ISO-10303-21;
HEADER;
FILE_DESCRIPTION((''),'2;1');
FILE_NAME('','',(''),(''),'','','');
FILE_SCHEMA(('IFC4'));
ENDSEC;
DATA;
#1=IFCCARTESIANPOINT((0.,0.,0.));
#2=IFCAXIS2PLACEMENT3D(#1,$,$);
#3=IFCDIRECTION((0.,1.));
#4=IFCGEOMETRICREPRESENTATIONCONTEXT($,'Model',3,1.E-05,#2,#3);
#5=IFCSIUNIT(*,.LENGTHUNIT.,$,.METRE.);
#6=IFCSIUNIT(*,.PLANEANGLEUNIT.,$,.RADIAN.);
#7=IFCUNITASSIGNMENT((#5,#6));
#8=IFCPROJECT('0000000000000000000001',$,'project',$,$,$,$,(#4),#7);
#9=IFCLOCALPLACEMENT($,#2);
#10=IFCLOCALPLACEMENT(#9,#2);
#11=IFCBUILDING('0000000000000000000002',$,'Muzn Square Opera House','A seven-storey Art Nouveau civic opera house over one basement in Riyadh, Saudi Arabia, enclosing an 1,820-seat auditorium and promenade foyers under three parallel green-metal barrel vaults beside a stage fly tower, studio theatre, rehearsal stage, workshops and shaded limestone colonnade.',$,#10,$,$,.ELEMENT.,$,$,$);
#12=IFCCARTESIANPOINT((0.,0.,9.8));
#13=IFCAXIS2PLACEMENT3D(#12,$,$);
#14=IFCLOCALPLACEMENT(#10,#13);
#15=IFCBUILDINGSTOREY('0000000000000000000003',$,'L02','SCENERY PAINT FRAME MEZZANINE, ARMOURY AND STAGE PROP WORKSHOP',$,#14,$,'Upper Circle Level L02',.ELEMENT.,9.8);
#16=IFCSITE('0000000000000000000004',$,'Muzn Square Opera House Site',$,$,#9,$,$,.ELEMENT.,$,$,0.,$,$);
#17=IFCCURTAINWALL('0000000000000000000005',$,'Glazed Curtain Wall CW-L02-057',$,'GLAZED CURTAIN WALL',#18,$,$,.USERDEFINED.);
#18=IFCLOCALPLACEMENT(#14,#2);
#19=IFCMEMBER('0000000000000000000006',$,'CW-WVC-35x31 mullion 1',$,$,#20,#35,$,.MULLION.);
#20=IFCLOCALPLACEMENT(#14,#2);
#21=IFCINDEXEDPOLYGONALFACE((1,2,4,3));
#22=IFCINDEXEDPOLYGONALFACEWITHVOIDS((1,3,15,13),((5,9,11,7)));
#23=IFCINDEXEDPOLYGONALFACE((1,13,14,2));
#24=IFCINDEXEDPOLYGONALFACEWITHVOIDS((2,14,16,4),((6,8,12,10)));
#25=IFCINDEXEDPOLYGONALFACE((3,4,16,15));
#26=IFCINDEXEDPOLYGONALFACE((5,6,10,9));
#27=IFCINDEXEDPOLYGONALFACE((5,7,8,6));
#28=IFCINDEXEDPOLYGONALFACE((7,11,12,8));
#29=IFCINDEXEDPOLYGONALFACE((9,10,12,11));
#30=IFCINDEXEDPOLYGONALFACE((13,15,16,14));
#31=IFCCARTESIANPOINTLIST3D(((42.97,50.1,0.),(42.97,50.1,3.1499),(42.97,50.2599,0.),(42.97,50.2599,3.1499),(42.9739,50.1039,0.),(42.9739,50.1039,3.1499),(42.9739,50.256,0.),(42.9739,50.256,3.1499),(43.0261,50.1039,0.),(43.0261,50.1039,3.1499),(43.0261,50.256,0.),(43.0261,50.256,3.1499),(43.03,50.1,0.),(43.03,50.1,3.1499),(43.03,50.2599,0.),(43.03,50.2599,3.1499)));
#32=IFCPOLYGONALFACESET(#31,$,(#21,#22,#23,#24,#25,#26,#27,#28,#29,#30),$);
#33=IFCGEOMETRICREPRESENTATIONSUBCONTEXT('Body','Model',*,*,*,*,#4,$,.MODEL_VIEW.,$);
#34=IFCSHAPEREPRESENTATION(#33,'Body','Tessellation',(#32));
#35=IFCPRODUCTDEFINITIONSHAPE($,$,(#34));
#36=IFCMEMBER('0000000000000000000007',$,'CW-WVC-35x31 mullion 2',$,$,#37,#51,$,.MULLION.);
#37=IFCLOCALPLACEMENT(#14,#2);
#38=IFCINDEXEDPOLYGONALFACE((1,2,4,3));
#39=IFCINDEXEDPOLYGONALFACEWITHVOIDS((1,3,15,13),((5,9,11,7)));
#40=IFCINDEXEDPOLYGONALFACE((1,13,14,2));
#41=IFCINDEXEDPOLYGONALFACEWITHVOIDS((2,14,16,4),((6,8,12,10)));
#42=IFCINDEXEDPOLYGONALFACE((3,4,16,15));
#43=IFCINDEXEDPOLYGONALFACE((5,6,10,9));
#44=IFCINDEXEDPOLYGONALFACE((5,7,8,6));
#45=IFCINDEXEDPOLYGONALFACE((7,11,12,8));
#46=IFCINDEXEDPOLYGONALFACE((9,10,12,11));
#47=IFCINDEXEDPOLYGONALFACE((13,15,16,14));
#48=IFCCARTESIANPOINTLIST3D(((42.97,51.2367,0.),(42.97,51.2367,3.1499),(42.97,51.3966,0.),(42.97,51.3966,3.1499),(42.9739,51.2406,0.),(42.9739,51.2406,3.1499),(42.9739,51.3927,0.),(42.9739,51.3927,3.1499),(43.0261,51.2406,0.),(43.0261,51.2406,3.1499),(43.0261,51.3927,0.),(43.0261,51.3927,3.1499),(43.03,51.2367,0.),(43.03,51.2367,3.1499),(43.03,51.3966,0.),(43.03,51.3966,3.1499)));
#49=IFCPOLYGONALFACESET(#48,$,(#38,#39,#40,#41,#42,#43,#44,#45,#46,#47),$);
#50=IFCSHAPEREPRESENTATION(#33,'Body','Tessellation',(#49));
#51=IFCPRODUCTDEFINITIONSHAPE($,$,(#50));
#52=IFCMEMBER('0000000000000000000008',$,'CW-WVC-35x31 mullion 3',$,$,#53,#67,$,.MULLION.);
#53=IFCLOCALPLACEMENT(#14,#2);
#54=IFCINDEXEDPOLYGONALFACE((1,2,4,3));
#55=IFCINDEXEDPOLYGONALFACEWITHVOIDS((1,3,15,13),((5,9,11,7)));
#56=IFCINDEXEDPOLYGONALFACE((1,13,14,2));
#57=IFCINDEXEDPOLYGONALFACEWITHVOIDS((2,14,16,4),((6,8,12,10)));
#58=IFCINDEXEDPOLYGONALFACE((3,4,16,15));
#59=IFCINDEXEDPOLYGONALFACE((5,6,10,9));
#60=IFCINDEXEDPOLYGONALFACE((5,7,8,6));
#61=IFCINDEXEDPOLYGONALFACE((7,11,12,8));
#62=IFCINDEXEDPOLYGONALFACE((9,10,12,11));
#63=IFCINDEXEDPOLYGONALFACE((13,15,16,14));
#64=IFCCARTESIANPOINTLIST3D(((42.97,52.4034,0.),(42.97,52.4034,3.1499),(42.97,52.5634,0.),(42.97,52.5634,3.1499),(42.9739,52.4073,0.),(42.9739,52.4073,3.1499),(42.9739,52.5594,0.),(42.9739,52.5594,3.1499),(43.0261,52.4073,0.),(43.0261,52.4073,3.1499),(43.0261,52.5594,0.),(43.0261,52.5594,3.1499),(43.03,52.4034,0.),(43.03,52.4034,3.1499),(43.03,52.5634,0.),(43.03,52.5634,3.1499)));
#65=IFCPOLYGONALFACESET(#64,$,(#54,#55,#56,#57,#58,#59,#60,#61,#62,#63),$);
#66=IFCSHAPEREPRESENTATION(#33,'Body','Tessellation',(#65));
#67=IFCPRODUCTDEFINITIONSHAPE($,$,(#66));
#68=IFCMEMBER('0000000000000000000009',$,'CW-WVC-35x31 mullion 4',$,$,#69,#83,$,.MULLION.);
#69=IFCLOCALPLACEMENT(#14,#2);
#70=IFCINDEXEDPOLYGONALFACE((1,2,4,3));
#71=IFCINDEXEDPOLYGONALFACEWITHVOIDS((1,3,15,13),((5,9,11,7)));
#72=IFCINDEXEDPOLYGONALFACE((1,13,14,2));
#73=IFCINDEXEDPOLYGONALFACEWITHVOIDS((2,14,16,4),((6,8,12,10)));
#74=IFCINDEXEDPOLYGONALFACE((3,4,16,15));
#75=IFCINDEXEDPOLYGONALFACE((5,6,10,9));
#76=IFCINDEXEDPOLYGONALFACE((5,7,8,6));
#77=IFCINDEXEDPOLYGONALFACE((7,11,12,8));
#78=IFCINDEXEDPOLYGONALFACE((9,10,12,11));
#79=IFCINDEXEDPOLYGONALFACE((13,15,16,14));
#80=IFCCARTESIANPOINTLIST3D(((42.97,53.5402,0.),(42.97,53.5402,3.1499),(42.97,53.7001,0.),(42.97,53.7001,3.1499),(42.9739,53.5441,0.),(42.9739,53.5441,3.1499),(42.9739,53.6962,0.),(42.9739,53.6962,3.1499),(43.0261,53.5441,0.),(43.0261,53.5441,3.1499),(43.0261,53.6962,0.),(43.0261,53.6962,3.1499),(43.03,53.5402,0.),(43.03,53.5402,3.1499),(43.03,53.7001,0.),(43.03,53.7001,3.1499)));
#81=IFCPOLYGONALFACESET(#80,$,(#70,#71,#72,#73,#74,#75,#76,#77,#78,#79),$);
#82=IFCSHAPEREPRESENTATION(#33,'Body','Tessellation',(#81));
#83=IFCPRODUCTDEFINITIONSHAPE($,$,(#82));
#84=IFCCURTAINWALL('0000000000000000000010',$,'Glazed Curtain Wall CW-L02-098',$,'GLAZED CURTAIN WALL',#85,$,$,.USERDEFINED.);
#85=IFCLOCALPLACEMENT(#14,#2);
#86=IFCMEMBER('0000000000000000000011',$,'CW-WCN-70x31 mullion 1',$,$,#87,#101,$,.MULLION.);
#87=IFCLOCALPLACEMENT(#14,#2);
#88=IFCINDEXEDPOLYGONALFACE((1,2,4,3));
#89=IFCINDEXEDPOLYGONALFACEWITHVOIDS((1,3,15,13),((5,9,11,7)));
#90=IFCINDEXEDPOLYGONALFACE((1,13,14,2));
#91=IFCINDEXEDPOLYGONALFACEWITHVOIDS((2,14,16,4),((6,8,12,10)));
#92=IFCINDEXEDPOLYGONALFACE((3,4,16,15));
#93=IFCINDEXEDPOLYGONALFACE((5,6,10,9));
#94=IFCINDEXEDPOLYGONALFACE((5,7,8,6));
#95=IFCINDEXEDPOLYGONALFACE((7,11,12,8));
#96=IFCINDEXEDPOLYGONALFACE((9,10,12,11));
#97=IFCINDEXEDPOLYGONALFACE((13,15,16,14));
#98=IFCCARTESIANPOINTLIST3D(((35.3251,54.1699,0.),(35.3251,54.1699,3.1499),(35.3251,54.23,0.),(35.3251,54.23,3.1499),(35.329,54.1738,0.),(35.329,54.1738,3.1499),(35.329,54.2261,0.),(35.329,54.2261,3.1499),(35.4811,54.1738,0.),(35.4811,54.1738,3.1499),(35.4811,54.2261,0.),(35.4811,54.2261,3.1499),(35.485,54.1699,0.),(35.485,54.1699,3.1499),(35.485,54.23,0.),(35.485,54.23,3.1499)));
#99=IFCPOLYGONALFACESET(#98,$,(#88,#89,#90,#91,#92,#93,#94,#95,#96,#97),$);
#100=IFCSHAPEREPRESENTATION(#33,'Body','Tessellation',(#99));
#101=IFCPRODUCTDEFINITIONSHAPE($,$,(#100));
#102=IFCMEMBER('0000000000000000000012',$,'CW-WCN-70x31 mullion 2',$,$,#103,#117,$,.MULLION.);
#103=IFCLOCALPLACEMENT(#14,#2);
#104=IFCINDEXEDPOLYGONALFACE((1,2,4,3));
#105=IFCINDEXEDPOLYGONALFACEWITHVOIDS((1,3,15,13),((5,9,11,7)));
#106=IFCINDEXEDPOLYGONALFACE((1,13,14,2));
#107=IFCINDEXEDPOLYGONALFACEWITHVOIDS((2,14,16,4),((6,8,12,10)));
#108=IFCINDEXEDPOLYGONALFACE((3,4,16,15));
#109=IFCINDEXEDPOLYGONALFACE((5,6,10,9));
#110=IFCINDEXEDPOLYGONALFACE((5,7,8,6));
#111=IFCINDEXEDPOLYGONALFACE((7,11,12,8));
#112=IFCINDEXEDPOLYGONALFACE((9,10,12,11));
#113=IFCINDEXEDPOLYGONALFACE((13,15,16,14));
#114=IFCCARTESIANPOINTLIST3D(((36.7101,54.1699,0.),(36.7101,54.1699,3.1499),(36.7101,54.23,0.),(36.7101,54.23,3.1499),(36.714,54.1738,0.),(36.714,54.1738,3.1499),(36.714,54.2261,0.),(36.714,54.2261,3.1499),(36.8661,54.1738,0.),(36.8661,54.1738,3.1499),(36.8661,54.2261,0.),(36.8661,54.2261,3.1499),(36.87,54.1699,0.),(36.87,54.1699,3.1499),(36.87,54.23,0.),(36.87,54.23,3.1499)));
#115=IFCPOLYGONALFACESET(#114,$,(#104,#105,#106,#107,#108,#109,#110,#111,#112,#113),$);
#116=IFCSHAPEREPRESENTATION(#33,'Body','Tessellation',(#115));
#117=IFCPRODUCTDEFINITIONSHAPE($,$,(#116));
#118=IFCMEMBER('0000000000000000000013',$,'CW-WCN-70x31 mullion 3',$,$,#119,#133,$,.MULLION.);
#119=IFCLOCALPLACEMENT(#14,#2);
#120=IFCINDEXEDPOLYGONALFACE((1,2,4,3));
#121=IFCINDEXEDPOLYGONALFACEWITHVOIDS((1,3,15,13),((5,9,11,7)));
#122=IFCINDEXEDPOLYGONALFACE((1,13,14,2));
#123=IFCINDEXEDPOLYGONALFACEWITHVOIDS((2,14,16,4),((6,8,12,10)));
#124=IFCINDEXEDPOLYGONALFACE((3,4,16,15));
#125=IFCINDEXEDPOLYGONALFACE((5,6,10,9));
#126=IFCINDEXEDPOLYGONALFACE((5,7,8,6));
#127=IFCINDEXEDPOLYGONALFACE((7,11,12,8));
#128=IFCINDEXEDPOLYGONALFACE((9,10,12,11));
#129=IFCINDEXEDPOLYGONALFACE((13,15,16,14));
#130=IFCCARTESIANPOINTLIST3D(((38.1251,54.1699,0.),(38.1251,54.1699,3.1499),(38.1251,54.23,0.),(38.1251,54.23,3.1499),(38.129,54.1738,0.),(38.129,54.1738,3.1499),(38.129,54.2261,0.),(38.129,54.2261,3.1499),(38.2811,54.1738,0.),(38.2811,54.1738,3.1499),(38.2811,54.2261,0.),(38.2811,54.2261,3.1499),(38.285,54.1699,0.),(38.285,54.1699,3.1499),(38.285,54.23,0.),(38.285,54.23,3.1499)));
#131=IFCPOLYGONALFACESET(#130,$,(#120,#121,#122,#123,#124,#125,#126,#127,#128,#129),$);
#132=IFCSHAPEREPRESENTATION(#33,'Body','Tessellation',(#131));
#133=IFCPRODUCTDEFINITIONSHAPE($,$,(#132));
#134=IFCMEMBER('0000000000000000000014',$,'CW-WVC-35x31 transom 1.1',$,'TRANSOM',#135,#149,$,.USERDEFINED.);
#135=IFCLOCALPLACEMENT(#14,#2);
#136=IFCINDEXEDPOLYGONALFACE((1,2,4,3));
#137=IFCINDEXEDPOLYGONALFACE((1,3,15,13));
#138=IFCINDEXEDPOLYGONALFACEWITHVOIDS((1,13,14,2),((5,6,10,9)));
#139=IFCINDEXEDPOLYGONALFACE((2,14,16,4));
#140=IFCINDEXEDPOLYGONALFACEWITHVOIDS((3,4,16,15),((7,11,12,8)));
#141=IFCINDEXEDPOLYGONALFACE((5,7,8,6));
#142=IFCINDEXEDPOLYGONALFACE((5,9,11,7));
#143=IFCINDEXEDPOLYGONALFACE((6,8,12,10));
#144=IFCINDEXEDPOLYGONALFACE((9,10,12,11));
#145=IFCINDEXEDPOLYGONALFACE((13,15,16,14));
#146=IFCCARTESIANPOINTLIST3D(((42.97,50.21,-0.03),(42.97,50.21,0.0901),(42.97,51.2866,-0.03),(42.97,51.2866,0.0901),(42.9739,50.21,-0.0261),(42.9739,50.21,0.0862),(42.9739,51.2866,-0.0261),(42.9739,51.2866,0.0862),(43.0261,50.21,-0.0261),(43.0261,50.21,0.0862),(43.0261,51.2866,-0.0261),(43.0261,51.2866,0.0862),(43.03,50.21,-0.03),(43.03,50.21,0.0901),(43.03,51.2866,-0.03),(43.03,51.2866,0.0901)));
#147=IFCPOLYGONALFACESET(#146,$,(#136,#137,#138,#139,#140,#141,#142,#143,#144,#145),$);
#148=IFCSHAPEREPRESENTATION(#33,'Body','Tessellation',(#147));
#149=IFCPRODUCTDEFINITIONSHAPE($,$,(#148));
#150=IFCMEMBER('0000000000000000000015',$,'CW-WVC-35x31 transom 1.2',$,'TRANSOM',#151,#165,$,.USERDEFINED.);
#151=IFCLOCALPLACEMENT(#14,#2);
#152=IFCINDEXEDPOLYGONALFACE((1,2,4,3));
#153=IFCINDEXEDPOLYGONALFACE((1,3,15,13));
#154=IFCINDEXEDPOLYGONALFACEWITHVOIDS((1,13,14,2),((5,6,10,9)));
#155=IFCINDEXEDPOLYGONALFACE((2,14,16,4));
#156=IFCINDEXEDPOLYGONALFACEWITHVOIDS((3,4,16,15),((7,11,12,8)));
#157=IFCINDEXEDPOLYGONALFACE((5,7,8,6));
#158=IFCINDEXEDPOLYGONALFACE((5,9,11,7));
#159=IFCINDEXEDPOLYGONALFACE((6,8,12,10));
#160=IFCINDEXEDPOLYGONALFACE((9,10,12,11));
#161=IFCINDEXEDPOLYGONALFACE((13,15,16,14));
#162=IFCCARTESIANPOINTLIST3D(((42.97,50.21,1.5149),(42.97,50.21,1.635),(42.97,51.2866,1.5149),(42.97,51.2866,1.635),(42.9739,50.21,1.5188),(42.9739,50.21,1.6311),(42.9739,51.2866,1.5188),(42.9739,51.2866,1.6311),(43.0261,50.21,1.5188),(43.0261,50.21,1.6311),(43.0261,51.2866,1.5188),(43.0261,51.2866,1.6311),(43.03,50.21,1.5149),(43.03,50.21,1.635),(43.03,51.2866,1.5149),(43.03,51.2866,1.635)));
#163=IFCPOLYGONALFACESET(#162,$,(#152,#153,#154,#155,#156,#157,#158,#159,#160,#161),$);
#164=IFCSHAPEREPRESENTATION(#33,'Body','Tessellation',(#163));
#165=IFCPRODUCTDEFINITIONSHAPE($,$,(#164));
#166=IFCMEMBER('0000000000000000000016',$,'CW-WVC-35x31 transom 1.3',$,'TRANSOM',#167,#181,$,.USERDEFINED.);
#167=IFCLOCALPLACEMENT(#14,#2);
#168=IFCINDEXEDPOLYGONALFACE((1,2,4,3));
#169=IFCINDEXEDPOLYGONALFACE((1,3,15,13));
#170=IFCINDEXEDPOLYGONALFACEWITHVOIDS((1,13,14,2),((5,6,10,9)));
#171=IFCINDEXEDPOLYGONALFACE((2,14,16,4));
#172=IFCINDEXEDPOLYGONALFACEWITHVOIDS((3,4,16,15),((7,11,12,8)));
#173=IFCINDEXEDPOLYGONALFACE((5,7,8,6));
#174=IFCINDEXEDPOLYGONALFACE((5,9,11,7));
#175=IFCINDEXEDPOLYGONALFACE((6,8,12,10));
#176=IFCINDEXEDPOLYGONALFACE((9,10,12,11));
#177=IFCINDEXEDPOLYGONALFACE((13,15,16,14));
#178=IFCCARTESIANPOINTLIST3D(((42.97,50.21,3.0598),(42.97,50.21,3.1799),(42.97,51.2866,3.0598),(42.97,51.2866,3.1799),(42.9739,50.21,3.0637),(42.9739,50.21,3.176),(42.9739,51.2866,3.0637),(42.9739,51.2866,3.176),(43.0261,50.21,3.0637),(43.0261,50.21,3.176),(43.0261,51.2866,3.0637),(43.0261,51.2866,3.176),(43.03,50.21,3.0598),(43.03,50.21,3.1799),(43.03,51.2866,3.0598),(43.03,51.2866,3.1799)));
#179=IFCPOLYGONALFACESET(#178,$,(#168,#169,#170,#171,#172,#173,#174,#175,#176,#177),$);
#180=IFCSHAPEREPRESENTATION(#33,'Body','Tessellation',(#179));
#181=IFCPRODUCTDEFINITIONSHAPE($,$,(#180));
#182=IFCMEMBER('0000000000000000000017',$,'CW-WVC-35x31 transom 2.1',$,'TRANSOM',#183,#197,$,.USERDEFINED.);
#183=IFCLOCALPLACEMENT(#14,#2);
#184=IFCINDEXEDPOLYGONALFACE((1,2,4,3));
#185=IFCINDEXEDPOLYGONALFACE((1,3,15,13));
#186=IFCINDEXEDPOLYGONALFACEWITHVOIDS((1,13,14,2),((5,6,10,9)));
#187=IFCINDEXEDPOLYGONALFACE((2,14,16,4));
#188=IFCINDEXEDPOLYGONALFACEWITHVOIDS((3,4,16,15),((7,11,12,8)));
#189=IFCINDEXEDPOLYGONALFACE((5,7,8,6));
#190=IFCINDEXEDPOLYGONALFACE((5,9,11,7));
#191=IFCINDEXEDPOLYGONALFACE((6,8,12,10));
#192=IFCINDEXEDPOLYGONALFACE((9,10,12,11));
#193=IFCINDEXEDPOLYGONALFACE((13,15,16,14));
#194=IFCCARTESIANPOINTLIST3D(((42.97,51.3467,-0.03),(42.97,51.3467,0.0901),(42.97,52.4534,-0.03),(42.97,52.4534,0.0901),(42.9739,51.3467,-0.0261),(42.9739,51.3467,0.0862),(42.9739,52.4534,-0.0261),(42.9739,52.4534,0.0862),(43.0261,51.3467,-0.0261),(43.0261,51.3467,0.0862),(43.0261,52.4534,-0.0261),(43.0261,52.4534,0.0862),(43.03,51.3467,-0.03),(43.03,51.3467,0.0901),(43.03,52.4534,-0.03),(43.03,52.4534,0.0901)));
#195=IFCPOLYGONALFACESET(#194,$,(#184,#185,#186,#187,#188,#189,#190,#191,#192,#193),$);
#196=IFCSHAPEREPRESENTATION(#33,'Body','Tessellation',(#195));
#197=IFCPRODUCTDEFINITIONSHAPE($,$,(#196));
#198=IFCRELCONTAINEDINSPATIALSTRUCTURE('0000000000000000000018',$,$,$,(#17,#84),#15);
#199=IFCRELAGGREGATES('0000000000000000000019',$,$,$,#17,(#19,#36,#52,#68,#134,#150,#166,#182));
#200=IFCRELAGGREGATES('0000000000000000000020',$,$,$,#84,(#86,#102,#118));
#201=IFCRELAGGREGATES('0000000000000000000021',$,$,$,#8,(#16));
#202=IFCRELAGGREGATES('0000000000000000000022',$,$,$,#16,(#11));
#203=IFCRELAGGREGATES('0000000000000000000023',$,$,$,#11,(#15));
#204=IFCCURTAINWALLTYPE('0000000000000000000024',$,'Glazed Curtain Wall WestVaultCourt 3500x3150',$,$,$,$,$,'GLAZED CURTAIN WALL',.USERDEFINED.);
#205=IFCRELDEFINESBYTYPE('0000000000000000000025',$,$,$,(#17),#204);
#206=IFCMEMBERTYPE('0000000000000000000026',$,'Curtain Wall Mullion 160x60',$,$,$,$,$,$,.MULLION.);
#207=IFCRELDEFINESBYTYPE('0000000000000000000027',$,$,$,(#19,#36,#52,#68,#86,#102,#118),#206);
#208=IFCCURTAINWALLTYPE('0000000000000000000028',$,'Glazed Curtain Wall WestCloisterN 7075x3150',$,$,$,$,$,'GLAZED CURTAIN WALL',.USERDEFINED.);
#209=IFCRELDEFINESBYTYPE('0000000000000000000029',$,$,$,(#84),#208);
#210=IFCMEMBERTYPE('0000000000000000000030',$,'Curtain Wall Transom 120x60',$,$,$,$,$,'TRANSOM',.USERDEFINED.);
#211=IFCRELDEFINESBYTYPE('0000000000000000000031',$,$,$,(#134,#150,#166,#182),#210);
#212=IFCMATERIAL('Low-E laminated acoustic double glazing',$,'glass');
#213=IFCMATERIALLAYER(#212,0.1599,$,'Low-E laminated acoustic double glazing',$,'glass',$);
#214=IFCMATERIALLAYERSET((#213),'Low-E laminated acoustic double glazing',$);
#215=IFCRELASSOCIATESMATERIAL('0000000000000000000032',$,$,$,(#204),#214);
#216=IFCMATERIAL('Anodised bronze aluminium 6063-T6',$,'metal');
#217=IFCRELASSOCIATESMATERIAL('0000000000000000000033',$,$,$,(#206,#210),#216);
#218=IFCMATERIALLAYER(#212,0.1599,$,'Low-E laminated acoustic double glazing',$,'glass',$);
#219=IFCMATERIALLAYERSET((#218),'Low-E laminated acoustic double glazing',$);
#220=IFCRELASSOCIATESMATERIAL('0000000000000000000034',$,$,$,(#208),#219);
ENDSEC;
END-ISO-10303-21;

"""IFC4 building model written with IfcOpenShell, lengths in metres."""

from ifc_helpers import new_model, si_unit, direction, frame, origin, origin_2d, place, context, subcontext, project, spatial, hollow_rectangle, extrude, material, layer, layer_set, material_profile, profile_set, type_object, element, aggregate, save


model = new_model("IFC4")

# Units and contexts
model_context = context("Model", 3, precision=1e-05, world=origin(), true_north=direction((0.0, 1.0)))
body_context = subcontext(model_context, "Body", "Model", "MODEL_VIEW")
ifc_project = project(units=[si_unit("LENGTHUNIT", "METRE"), si_unit("PLANEANGLEUNIT", "RADIAN")], contexts=[model_context])

# Site, building, storey
site_placement = place(None, origin())
site = spatial("IfcSite", under=ifc_project, at=site_placement, Name="Muzn Square Opera House Site", CompositionType="ELEMENT", RefElevation=0.0)
building_placement = place(site_placement, origin())
building = spatial("IfcBuilding", under=site, at=building_placement, Name="Muzn Square Opera House", Description="A seven-storey Art Nouveau civic opera house over one basement in Riyadh, Saudi Arabia, enclosing an 1,820-seat auditorium and promenade foyers under three parallel green-metal barrel vaults beside a stage fly tower, studio theatre, rehearsal stage, workshops and shaded limestone colonnade.", CompositionType="ELEMENT")
storey_placement = place(building_placement, frame((0.0, 0.0, 9.8)))
storey = spatial("IfcBuildingStorey", under=building, at=storey_placement, Name="L02", Description="SCENERY PAINT FRAME MEZZANINE, ARMOURY AND STAGE PROP WORKSHOP", LongName="Upper Circle Level L02", CompositionType="ELEMENT", Elevation=9.8)

# Curtain walls, members
ifc_material_1 = material(Name="Low-E laminated acoustic double glazing", Category="glass")
ifc_layer_1 = layer(ifc_material_1, 0.1599, Name="Low-E laminated acoustic double glazing", Category="glass")
ifc_layer_set_1 = layer_set([ifc_layer_1], Name="Low-E laminated acoustic double glazing")
curtain_wall_type_1 = type_object("IfcCurtainWallType", Name="Glazed Curtain Wall WestVaultCourt 3500x3150", ElementType="GLAZED CURTAIN WALL", PredefinedType="USERDEFINED", material=ifc_layer_set_1)
curtain_wall_1_placement = place(storey_placement, origin())
curtain_wall_1 = element("IfcCurtainWall", 1, at=curtain_wall_1_placement, inside=storey, type_object=curtain_wall_type_1, Name="Glazed Curtain Wall CW-L02-057", ObjectType="GLAZED CURTAIN WALL", PredefinedType="USERDEFINED")
ifc_material_2 = material(Name="Anodised bronze aluminium 6063-T6", Category="metal")
ifc_material_profile_1 = material_profile(ifc_material_2, hollow_rectangle(XDim=0.0601, YDim=0.1599, WallThickness=0.0039, at=origin_2d()), Name="ALU 160x60x4", Category="metal")
ifc_profile_set_1 = profile_set([ifc_material_profile_1], Name="Anodised bronze aluminium 6063-T6")
member_type_1 = type_object("IfcMemberType", Name="Curtain Wall Mullion 160x60", PredefinedType="MULLION", material=ifc_profile_set_1)
member_1_placement = place(storey_placement, frame((43.0, 50.1799, 0.0), z_axis=(0.0, 0.0, 1.0), x_axis=(-1.0, 0.0, 0.0)))
member_1 = element("IfcMember", 2, at=member_1_placement, type_object=member_type_1, Name="CW-WVC-35x31 mullion 1", PredefinedType="MULLION", context=body_context, shape_type="SweptSolid", body=[
    extrude(hollow_rectangle(XDim=0.0601, YDim=0.1599, WallThickness=0.0039, at=origin_2d()), origin(), (0.0, 0.0, 1.0), 3.1499),
])
member_2_placement = place(storey_placement, frame((43.0, 51.3167, 0.0), z_axis=(0.0, 0.0, 1.0), x_axis=(-1.0, 0.0, 0.0)))
member_2 = element("IfcMember", 3, at=member_2_placement, type_object=member_type_1, Name="CW-WVC-35x31 mullion 2", PredefinedType="MULLION", context=body_context, shape_type="SweptSolid", body=[
    extrude(hollow_rectangle(XDim=0.0601, YDim=0.1599, WallThickness=0.0039, at=origin_2d()), origin(), (0.0, 0.0, 1.0), 3.1499),
])
member_3_placement = place(storey_placement, frame((43.0, 52.4834, 0.0), z_axis=(0.0, 0.0, 1.0), x_axis=(-1.0, 0.0, 0.0)))
member_3 = element("IfcMember", 4, at=member_3_placement, type_object=member_type_1, Name="CW-WVC-35x31 mullion 3", PredefinedType="MULLION", context=body_context, shape_type="SweptSolid", body=[
    extrude(hollow_rectangle(XDim=0.0601, YDim=0.1599, WallThickness=0.0039, at=origin_2d()), origin(), (0.0, 0.0, 1.0), 3.1499),
])
member_4_placement = place(storey_placement, frame((43.0, 53.6201, 0.0), z_axis=(0.0, 0.0, 1.0), x_axis=(-1.0, 0.0, 0.0)))
member_4 = element("IfcMember", 5, at=member_4_placement, type_object=member_type_1, Name="CW-WVC-35x31 mullion 4", PredefinedType="MULLION", context=body_context, shape_type="SweptSolid", body=[
    extrude(hollow_rectangle(XDim=0.0601, YDim=0.1599, WallThickness=0.0039, at=origin_2d()), origin(), (0.0, 0.0, 1.0), 3.1499),
])
ifc_layer_2 = layer(ifc_material_1, 0.1599, Name="Low-E laminated acoustic double glazing", Category="glass")
ifc_layer_set_2 = layer_set([ifc_layer_2], Name="Low-E laminated acoustic double glazing")
curtain_wall_type_2 = type_object("IfcCurtainWallType", Name="Glazed Curtain Wall WestCloisterN 7075x3150", ElementType="GLAZED CURTAIN WALL", PredefinedType="USERDEFINED", material=ifc_layer_set_2)
curtain_wall_2_placement = place(storey_placement, origin())
curtain_wall_2 = element("IfcCurtainWall", 6, at=curtain_wall_2_placement, inside=storey, type_object=curtain_wall_type_2, Name="Glazed Curtain Wall CW-L02-098", ObjectType="GLAZED CURTAIN WALL", PredefinedType="USERDEFINED")
member_5_placement = place(storey_placement, frame((35.405, 54.2, 0.0), z_axis=(0.0, 0.0, 1.0), x_axis=(0.0, 1.0, 0.0)))
member_5 = element("IfcMember", 7, at=member_5_placement, type_object=member_type_1, Name="CW-WCN-70x31 mullion 1", PredefinedType="MULLION", context=body_context, shape_type="SweptSolid", body=[
    extrude(hollow_rectangle(XDim=0.0601, YDim=0.1599, WallThickness=0.0039, at=origin_2d()), origin(), (0.0, 0.0, 1.0), 3.1499),
])
member_6_placement = place(storey_placement, frame((36.79, 54.2, 0.0), z_axis=(0.0, 0.0, 1.0), x_axis=(0.0, 1.0, 0.0)))
member_6 = element("IfcMember", 8, at=member_6_placement, type_object=member_type_1, Name="CW-WCN-70x31 mullion 2", PredefinedType="MULLION", context=body_context, shape_type="SweptSolid", body=[
    extrude(hollow_rectangle(XDim=0.0601, YDim=0.1599, WallThickness=0.0039, at=origin_2d()), origin(), (0.0, 0.0, 1.0), 3.1499),
])
member_7_placement = place(storey_placement, frame((38.2051, 54.2, 0.0), z_axis=(0.0, 0.0, 1.0), x_axis=(0.0, 1.0, 0.0)))
member_7 = element("IfcMember", 9, at=member_7_placement, type_object=member_type_1, Name="CW-WCN-70x31 mullion 3", PredefinedType="MULLION", context=body_context, shape_type="SweptSolid", body=[
    extrude(hollow_rectangle(XDim=0.0601, YDim=0.1599, WallThickness=0.0039, at=origin_2d()), origin(), (0.0, 0.0, 1.0), 3.1499),
])

# Members
ifc_material_profile_2 = material_profile(ifc_material_2, hollow_rectangle(XDim=0.0601, YDim=0.1201, WallThickness=0.0039, at=origin_2d()), Name="ALU 120x60x4", Category="metal")
ifc_profile_set_2 = profile_set([ifc_material_profile_2], Name="Anodised bronze aluminium 6063-T6")
member_type_2 = type_object("IfcMemberType", Name="Curtain Wall Transom 120x60", ElementType="TRANSOM", PredefinedType="USERDEFINED", material=ifc_profile_set_2)
member_8_placement = place(storey_placement, frame((43.0, 50.21, 0.03), z_axis=(0.0, 1.0, 0.0), x_axis=(-1.0, 0.0, 0.0)))
member_8 = element("IfcMember", 10, at=member_8_placement, type_object=member_type_2, Name="CW-WVC-35x31 transom 1.1", ObjectType="TRANSOM", PredefinedType="USERDEFINED", context=body_context, shape_type="SweptSolid", body=[
    extrude(hollow_rectangle(XDim=0.0601, YDim=0.1201, WallThickness=0.0039, at=origin_2d()), origin(), (0.0, 0.0, 1.0), 1.0767),
])
member_9_placement = place(storey_placement, frame((43.0, 50.21, 1.575), z_axis=(0.0, 1.0, 0.0), x_axis=(-1.0, 0.0, 0.0)))
member_9 = element("IfcMember", 11, at=member_9_placement, type_object=member_type_2, Name="CW-WVC-35x31 transom 1.2", ObjectType="TRANSOM", PredefinedType="USERDEFINED", context=body_context, shape_type="SweptSolid", body=[
    extrude(hollow_rectangle(XDim=0.0601, YDim=0.1201, WallThickness=0.0039, at=origin_2d()), origin(), (0.0, 0.0, 1.0), 1.0767),
])
member_10_placement = place(storey_placement, frame((43.0, 50.21, 3.1199), z_axis=(0.0, 1.0, 0.0), x_axis=(-1.0, 0.0, 0.0)))
member_10 = element("IfcMember", 12, at=member_10_placement, type_object=member_type_2, Name="CW-WVC-35x31 transom 1.3", ObjectType="TRANSOM", PredefinedType="USERDEFINED", context=body_context, shape_type="SweptSolid", body=[
    extrude(hollow_rectangle(XDim=0.0601, YDim=0.1201, WallThickness=0.0039, at=origin_2d()), origin(), (0.0, 0.0, 1.0), 1.0767),
])
member_11_placement = place(storey_placement, frame((43.0, 51.3467, 0.03), z_axis=(0.0, 1.0, 0.0), x_axis=(-1.0, 0.0, 0.0)))
member_11 = element("IfcMember", 13, at=member_11_placement, type_object=member_type_2, Name="CW-WVC-35x31 transom 2.1", ObjectType="TRANSOM", PredefinedType="USERDEFINED", context=body_context, shape_type="SweptSolid", body=[
    extrude(hollow_rectangle(XDim=0.0601, YDim=0.1201, WallThickness=0.0039, at=origin_2d()), origin(), (0.0, 0.0, 1.0), 1.1067),
])

aggregate(curtain_wall_1, [member_1, member_2, member_3, member_4, member_8, member_9, member_10, member_11])
aggregate(curtain_wall_2, [member_5, member_6, member_7])

save(model, "model.ifc")
